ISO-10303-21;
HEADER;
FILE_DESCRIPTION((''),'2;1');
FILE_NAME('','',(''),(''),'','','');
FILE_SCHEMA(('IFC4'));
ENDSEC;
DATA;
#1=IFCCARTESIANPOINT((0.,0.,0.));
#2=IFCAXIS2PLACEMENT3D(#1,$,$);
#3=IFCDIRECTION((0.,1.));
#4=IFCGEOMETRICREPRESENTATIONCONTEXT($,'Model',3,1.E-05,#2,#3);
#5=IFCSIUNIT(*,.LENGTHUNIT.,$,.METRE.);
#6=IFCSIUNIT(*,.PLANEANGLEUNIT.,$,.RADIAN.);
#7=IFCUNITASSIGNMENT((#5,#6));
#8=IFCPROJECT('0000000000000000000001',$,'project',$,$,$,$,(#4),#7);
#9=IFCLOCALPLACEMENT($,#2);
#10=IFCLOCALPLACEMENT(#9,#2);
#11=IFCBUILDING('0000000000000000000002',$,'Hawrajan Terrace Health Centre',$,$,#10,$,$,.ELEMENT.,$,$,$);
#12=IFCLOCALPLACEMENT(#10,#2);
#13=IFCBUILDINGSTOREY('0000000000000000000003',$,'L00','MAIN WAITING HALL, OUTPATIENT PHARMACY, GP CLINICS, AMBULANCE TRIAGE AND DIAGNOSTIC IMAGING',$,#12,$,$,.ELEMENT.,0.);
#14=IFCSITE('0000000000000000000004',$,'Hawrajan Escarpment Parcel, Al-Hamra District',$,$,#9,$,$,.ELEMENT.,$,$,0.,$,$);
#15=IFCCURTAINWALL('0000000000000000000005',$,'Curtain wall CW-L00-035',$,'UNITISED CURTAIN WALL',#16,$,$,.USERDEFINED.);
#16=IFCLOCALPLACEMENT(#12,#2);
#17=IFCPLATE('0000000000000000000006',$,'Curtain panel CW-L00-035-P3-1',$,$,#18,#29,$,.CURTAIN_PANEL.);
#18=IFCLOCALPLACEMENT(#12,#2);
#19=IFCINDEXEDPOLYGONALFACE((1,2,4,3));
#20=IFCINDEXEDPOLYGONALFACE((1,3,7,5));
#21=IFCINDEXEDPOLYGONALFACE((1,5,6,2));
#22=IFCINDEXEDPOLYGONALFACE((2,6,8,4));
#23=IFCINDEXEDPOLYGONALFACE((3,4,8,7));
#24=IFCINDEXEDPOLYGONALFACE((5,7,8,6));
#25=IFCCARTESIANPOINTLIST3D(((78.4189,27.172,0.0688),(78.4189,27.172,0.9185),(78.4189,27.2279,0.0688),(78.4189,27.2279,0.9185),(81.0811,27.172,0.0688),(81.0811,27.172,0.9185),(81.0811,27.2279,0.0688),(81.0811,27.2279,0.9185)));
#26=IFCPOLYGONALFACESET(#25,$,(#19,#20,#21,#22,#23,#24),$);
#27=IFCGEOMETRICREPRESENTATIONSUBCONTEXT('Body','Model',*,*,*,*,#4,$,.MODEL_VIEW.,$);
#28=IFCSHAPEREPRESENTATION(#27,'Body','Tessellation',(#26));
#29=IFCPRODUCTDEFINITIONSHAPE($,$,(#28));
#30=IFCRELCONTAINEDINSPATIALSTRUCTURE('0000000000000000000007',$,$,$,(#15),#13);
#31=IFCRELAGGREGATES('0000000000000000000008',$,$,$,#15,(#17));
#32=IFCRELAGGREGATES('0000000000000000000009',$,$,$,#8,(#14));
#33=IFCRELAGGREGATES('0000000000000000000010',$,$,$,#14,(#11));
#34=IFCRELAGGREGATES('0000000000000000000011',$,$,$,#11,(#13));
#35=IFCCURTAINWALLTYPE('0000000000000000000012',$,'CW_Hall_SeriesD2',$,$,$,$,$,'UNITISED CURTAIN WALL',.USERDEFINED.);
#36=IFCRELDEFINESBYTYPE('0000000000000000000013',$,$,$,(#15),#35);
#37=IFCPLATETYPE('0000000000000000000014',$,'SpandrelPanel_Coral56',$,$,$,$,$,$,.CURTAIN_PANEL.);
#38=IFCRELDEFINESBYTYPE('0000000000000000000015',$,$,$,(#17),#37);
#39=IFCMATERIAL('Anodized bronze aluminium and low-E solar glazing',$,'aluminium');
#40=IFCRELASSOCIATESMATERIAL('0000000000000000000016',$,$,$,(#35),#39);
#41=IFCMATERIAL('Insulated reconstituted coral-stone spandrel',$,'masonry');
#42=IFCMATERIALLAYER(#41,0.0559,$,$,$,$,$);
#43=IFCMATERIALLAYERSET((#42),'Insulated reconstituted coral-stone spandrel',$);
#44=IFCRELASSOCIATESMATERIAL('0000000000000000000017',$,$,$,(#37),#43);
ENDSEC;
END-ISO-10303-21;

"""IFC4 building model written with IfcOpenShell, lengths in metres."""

from ifc_helpers import new_model, si_unit, direction, frame, origin, origin_2d, place, context, subcontext, project, spatial, rectangle, extrude, material, layer, layer_set, type_object, element, aggregate, save


model = new_model("IFC4")

# Units and contexts
model_context = context("Model", 3, precision=1e-05, world=origin(), true_north=direction((0.0, 1.0)))
body_context = subcontext(model_context, "Body", "Model", "MODEL_VIEW")
ifc_project = project(units=[si_unit("LENGTHUNIT", "METRE"), si_unit("PLANEANGLEUNIT", "RADIAN")], contexts=[model_context])

# Site, building, storey
site_placement = place(None, origin())
site = spatial("IfcSite", under=ifc_project, at=site_placement, Name="Hawrajan Escarpment Parcel, Al-Hamra District", CompositionType="ELEMENT", RefElevation=0.0)
building_placement = place(site_placement, origin())
building = spatial("IfcBuilding", under=site, at=building_placement, Name="Hawrajan Terrace Health Centre", CompositionType="ELEMENT")
storey_placement = place(building_placement, origin())
storey = spatial("IfcBuildingStorey", under=building, at=storey_placement, Name="L00", Description="MAIN WAITING HALL, OUTPATIENT PHARMACY, GP CLINICS, AMBULANCE TRIAGE AND DIAGNOSTIC IMAGING", CompositionType="ELEMENT", Elevation=0.0)

# Curtain wall, plate
ifc_material_1 = material(Name="Anodized bronze aluminium and low-E solar glazing", Category="aluminium")
curtain_wall_type = type_object("IfcCurtainWallType", Name="CW_Hall_SeriesD2", ElementType="UNITISED CURTAIN WALL", PredefinedType="USERDEFINED", material=ifc_material_1)
curtain_wall_placement = place(storey_placement, origin())
curtain_wall = element("IfcCurtainWall", 1, at=curtain_wall_placement, inside=storey, type_object=curtain_wall_type, Name="Curtain wall CW-L00-035", ObjectType="UNITISED CURTAIN WALL", PredefinedType="USERDEFINED")
ifc_material_2 = material(Name="Insulated reconstituted coral-stone spandrel", Category="masonry")
ifc_layer_1 = layer(ifc_material_2, 0.0559)
ifc_layer_set_1 = layer_set([ifc_layer_1], Name="Insulated reconstituted coral-stone spandrel")
plate_type_1 = type_object("IfcPlateType", Name="SpandrelPanel_Coral56", PredefinedType="CURTAIN_PANEL", material=ifc_layer_set_1)
plate_1_placement = place(storey_placement, frame((79.75, 27.2, 0.0688), z_axis=(0.0, 0.0, 1.0), x_axis=(1.0, 0.0, 0.0)))
plate_1 = element("IfcPlate", 2, at=plate_1_placement, type_object=plate_type_1, Name="Curtain panel CW-L00-035-P3-1", PredefinedType="CURTAIN_PANEL", context=body_context, shape_type="SweptSolid", body=[
    extrude(rectangle(XDim=2.6621, YDim=0.0559, at=origin_2d()), origin(), (0.0, 0.0, 1.0), 0.8496),
])
aggregate(curtain_wall, [plate_1])

save(model, "model.ifc")
